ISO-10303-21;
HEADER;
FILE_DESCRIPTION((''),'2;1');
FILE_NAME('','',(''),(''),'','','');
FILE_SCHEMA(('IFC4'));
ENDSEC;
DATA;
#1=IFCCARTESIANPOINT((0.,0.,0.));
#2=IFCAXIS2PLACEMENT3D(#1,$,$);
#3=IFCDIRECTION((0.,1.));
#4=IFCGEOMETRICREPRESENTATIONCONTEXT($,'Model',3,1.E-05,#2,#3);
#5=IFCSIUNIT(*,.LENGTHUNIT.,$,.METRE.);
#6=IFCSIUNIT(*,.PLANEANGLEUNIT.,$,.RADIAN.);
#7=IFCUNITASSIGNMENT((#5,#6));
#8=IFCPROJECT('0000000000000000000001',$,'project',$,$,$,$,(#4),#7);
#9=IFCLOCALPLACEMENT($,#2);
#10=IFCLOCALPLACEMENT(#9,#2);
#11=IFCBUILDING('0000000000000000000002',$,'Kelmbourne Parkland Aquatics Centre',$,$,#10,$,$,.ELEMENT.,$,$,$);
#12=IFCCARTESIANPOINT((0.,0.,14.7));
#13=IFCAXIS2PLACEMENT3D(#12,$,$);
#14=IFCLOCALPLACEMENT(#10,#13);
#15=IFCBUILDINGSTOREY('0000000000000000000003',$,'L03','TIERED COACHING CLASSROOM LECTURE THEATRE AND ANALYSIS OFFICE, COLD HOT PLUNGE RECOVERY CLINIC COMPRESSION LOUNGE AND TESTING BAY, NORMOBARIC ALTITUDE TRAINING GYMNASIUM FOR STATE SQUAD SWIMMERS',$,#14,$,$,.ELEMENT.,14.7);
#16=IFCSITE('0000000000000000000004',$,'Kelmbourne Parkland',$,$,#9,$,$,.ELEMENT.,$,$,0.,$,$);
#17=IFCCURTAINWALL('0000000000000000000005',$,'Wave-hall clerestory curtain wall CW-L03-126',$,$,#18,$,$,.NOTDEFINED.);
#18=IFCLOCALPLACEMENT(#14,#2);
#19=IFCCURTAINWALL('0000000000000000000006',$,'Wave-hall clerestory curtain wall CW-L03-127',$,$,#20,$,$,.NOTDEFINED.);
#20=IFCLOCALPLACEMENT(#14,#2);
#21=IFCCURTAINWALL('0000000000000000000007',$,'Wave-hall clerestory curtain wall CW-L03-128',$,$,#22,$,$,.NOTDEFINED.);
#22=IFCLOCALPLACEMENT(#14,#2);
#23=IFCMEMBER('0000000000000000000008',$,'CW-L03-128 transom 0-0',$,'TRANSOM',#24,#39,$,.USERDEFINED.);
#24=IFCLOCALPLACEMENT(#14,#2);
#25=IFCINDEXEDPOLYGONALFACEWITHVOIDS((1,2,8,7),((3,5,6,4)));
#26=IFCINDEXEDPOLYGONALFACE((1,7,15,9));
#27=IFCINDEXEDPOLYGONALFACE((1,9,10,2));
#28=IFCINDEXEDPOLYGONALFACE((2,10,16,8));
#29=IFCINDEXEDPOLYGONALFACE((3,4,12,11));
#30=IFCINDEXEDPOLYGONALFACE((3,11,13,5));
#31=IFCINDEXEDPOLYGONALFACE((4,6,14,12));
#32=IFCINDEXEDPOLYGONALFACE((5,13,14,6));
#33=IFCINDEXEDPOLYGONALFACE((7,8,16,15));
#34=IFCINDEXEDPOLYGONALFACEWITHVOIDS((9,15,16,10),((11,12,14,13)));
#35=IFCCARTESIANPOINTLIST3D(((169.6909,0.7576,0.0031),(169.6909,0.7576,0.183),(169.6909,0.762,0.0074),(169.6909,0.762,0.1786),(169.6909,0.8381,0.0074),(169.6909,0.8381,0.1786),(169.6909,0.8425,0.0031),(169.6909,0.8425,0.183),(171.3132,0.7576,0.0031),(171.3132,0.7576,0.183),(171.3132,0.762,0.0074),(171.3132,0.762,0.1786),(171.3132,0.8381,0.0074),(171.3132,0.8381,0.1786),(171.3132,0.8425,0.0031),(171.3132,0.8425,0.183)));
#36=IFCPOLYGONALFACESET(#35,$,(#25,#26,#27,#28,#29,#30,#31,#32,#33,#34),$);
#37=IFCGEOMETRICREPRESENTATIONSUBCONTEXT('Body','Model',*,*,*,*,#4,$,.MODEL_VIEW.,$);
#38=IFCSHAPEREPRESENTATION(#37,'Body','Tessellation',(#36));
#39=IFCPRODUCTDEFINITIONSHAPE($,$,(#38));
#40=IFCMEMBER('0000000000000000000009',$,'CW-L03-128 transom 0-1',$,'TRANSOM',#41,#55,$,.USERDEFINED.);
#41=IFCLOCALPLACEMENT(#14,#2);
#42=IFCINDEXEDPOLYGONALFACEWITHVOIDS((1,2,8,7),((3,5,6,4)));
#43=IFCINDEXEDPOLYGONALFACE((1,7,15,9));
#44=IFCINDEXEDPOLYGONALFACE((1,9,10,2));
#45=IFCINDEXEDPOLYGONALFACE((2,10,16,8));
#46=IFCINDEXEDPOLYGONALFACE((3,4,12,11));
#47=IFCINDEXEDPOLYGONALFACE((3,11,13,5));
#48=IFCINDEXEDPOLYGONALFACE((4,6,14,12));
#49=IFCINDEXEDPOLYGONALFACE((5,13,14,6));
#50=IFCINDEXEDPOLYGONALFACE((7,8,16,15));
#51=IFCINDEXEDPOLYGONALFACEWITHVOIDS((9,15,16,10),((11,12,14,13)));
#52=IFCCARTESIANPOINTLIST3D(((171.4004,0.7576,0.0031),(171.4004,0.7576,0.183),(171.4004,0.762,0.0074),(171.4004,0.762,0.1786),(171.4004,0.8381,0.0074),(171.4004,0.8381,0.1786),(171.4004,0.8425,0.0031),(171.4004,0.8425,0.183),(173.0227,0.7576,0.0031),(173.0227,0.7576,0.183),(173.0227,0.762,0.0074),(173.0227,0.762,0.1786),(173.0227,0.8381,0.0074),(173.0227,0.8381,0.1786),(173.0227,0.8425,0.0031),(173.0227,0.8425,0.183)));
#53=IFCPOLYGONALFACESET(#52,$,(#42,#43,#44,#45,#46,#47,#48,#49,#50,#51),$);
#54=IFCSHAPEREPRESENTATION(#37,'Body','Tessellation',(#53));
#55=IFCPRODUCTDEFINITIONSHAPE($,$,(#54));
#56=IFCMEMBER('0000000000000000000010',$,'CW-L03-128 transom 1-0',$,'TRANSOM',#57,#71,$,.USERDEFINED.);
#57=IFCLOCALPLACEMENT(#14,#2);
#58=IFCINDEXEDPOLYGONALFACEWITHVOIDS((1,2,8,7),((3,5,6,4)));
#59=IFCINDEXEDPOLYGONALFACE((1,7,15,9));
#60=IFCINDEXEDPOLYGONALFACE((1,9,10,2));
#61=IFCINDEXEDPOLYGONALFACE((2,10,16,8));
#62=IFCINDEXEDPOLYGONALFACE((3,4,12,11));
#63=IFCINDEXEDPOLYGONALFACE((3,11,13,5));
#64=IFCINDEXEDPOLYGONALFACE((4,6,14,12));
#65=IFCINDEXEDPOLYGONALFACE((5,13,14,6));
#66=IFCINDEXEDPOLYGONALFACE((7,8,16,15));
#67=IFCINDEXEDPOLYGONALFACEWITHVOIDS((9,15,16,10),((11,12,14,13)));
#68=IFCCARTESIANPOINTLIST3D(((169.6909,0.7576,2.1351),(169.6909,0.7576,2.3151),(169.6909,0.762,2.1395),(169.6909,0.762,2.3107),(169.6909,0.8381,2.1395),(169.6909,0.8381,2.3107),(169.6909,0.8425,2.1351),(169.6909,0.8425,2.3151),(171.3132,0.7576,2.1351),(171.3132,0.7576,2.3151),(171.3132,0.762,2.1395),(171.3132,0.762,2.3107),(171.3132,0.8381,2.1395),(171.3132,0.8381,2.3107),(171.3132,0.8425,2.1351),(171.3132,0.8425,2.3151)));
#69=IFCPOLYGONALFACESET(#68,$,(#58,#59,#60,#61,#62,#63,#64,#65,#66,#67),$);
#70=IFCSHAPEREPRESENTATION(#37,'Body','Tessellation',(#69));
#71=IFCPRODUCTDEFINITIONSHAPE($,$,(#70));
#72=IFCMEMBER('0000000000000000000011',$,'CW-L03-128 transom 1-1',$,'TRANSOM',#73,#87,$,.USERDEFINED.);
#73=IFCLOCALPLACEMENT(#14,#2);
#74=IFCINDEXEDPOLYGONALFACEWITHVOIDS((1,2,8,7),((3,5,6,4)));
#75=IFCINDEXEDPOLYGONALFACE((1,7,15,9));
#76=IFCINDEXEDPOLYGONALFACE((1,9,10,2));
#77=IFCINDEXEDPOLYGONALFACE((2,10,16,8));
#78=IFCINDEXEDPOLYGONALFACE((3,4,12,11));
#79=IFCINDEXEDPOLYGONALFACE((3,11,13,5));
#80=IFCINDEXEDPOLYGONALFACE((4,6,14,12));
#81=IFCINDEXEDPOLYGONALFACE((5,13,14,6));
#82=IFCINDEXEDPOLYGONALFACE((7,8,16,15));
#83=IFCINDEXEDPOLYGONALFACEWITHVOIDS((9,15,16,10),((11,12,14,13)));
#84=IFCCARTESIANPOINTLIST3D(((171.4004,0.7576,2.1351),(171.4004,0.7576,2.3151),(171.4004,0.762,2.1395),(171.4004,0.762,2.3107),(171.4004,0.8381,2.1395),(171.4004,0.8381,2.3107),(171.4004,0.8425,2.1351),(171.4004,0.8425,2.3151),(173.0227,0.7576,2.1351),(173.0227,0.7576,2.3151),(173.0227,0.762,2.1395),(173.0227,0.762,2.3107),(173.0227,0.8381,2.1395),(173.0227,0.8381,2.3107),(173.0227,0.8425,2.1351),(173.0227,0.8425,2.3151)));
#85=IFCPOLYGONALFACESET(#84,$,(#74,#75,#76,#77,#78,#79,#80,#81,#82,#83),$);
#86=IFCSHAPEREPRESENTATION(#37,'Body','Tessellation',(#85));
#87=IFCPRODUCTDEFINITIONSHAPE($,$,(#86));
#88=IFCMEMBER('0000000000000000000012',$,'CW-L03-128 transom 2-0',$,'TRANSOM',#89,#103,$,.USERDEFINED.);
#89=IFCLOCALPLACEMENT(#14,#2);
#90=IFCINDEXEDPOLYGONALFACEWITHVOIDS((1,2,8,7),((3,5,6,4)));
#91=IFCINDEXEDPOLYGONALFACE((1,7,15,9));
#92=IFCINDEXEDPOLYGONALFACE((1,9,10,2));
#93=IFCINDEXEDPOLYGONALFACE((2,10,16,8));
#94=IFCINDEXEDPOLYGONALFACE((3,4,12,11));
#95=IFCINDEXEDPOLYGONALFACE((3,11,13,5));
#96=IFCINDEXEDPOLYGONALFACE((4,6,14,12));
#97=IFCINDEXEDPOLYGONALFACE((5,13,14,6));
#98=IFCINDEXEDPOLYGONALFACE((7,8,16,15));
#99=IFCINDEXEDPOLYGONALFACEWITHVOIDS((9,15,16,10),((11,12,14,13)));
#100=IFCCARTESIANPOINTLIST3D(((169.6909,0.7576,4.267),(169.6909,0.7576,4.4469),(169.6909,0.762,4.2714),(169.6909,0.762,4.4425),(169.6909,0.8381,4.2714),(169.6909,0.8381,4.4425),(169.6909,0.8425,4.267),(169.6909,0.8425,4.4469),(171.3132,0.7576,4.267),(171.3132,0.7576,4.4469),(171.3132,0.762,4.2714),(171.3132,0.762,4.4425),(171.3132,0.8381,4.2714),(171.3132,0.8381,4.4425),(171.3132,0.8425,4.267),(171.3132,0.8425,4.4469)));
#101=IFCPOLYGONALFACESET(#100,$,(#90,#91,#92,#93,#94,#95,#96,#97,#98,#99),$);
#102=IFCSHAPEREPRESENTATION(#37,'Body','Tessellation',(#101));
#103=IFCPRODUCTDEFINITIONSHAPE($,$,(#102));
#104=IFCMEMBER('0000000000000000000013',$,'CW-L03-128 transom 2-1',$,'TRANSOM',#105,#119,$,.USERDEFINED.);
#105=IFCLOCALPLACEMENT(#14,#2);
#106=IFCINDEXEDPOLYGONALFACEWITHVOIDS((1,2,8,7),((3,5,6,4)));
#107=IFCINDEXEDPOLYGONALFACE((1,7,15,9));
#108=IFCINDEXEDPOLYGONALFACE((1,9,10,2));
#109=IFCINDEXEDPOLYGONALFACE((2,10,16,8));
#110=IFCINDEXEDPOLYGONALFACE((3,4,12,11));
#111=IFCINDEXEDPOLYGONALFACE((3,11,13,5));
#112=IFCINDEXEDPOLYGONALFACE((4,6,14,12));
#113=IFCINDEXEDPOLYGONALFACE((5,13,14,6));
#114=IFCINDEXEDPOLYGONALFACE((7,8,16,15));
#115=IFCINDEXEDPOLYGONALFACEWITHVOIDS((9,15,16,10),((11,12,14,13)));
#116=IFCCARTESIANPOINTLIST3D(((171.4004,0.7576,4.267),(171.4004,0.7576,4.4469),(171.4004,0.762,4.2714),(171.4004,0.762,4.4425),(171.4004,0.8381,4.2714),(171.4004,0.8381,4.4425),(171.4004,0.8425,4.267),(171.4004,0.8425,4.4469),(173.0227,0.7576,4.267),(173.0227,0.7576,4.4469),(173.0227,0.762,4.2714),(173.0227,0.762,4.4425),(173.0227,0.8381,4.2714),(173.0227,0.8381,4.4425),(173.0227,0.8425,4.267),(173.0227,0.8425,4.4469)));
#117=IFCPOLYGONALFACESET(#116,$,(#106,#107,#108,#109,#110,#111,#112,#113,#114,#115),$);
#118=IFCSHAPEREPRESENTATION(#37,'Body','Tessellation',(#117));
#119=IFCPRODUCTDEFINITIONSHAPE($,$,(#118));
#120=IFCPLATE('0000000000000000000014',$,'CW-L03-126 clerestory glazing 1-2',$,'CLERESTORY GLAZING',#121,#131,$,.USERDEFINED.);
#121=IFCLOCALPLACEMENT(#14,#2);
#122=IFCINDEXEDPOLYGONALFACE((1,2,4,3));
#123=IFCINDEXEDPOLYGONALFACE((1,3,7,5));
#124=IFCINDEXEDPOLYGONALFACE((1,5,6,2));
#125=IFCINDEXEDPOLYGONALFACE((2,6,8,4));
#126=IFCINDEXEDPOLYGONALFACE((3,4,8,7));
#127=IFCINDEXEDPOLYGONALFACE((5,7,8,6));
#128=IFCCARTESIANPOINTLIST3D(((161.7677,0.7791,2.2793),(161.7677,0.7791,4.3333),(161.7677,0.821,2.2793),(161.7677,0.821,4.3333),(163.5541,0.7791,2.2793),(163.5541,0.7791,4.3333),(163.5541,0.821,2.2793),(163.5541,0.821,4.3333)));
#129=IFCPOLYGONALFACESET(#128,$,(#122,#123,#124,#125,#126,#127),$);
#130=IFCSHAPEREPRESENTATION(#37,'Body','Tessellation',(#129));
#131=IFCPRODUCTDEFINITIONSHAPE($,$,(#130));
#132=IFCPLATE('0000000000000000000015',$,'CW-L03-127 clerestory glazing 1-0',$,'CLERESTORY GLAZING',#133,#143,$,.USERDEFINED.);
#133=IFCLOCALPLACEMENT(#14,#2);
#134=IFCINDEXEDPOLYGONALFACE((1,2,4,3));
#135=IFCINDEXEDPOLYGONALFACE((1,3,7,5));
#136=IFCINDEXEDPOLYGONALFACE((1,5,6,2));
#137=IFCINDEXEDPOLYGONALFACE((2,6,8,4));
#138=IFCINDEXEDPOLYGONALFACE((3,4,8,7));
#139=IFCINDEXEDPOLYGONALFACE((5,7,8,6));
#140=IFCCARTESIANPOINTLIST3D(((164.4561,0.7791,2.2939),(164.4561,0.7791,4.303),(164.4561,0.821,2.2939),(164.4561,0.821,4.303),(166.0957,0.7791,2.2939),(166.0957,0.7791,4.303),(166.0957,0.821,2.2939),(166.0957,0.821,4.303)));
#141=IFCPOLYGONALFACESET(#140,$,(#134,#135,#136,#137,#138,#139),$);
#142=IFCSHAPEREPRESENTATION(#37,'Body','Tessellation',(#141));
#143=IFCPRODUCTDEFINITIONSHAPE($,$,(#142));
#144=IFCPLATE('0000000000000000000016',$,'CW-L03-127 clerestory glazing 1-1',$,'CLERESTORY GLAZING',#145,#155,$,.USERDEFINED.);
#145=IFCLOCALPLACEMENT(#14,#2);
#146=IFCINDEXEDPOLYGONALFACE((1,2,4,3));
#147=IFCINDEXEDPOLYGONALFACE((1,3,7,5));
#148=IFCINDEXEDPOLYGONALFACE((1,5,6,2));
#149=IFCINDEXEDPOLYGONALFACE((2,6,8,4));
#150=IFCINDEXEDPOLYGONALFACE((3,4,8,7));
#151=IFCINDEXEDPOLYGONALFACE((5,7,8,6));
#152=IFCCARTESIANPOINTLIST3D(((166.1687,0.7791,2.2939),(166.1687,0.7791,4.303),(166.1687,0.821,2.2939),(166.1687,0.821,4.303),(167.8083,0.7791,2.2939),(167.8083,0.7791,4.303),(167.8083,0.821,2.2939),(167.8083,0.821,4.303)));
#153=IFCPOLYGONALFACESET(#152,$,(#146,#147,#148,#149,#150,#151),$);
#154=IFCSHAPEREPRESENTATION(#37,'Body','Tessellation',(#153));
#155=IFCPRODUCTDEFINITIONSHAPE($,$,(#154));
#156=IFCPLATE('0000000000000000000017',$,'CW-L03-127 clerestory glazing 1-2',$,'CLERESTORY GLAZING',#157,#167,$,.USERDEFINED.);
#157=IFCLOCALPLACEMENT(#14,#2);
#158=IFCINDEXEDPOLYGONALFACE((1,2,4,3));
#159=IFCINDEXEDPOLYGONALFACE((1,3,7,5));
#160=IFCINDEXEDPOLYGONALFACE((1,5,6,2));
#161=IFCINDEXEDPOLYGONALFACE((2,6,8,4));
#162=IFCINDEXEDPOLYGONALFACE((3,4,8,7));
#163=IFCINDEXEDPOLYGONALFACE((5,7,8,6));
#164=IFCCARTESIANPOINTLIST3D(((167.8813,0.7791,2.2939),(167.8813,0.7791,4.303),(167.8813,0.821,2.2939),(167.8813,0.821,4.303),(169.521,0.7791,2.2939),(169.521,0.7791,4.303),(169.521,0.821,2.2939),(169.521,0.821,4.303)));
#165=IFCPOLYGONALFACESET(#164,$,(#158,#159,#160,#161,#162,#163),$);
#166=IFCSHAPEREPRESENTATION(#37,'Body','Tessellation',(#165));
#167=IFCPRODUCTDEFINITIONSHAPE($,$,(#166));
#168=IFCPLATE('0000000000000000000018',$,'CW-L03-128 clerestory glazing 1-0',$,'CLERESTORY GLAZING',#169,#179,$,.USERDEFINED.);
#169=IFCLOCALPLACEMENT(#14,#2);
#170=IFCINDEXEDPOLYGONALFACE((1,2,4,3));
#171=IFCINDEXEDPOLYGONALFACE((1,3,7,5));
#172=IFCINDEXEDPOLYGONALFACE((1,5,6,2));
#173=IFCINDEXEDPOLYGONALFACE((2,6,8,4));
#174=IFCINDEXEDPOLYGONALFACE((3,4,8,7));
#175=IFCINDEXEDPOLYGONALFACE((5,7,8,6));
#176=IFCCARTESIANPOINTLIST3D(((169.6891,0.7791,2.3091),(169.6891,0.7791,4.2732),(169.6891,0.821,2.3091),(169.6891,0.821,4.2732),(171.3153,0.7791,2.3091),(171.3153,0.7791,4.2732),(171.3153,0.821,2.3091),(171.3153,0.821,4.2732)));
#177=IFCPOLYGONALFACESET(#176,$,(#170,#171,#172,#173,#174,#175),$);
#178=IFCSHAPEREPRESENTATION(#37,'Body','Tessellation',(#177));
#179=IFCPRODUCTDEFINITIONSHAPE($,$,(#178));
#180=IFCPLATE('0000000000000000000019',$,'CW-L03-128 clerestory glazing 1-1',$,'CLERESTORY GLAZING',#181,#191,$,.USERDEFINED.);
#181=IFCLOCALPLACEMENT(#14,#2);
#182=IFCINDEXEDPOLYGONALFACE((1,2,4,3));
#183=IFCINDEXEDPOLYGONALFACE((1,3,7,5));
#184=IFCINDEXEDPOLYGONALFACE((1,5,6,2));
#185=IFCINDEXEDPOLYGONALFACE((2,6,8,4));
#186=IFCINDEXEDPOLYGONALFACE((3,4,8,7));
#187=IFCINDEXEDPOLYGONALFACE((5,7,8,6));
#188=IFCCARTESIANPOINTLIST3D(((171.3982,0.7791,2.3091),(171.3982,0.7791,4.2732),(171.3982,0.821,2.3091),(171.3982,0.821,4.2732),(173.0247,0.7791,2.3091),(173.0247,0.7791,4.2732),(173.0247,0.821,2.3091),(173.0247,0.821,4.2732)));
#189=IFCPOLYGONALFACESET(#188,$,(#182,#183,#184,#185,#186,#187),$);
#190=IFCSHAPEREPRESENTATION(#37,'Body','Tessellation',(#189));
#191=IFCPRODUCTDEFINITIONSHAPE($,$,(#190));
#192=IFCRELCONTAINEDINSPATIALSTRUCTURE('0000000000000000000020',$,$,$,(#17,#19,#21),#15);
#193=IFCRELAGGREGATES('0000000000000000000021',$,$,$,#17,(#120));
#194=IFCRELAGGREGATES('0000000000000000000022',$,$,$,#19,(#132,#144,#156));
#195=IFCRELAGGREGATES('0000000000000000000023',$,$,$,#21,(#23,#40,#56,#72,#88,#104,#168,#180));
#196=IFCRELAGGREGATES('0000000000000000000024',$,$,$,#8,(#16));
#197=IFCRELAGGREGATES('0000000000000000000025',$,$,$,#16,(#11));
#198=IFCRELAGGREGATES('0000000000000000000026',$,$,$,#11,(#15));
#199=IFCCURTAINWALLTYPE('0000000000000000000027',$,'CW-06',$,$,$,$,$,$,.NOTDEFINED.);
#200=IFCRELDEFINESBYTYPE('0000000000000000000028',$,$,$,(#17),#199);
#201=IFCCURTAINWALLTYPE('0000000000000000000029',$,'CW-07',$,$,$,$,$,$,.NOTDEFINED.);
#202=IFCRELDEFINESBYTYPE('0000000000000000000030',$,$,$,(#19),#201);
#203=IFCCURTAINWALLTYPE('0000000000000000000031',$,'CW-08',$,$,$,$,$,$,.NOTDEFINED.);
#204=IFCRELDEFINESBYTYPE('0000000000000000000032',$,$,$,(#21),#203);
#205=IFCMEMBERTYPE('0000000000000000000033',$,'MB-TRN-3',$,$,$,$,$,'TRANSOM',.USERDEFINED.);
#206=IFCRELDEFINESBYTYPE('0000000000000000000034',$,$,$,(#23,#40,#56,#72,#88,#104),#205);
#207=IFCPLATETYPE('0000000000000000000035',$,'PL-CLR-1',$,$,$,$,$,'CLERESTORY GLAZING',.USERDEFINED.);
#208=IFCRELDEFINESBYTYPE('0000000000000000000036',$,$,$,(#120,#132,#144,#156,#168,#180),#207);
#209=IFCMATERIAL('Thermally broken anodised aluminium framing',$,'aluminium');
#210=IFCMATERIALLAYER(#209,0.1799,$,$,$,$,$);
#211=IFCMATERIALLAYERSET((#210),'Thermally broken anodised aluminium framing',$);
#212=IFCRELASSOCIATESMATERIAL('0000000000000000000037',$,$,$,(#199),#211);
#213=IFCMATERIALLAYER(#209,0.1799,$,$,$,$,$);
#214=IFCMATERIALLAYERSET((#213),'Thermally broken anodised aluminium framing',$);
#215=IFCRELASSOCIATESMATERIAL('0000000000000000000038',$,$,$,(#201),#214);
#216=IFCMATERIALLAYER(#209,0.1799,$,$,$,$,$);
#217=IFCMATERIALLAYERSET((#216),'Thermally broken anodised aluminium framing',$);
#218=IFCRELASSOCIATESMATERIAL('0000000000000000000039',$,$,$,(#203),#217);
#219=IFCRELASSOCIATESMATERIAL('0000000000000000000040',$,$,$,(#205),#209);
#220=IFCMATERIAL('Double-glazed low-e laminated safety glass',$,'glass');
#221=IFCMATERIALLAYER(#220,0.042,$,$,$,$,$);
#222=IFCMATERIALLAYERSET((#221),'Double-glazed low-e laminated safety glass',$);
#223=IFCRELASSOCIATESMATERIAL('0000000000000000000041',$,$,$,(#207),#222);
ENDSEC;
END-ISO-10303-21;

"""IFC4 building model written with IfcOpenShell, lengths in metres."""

from ifc_helpers import new_model, si_unit, direction, frame, origin, origin_2d, place, context, subcontext, project, spatial, rectangle, hollow_rectangle, extrude, material, layer, layer_set, material_profile, profile_set, type_object, element, aggregate, save


model = new_model("IFC4")

# Units and contexts
model_context = context("Model", 3, precision=1e-05, world=origin(), true_north=direction((0.0, 1.0)))
body_context = subcontext(model_context, "Body", "Model", "MODEL_VIEW")
ifc_project = project(units=[si_unit("LENGTHUNIT", "METRE"), si_unit("PLANEANGLEUNIT", "RADIAN")], contexts=[model_context])

# Site, building, storey
site_placement = place(None, origin())
site = spatial("IfcSite", under=ifc_project, at=site_placement, Name="Kelmbourne Parkland", CompositionType="ELEMENT", RefElevation=0.0)
building_placement = place(site_placement, origin())
building = spatial("IfcBuilding", under=site, at=building_placement, Name="Kelmbourne Parkland Aquatics Centre", CompositionType="ELEMENT")
storey_placement = place(building_placement, frame((0.0, 0.0, 14.7)))
storey = spatial("IfcBuildingStorey", under=building, at=storey_placement, Name="L03", Description="TIERED COACHING CLASSROOM LECTURE THEATRE AND ANALYSIS OFFICE, COLD HOT PLUNGE RECOVERY CLINIC COMPRESSION LOUNGE AND TESTING BAY, NORMOBARIC ALTITUDE TRAINING GYMNASIUM FOR STATE SQUAD SWIMMERS", CompositionType="ELEMENT", Elevation=14.7)

# Curtain wall
ifc_material_1 = material(Name="Thermally broken anodised aluminium framing", Category="aluminium")
ifc_layer_1 = layer(ifc_material_1, 0.1799)
ifc_layer_set_1 = layer_set([ifc_layer_1], Name="Thermally broken anodised aluminium framing")
curtain_wall_type_1 = type_object("IfcCurtainWallType", Name="CW-06", PredefinedType="NOTDEFINED", material=ifc_layer_set_1)
curtain_wall_1_placement = place(storey_placement, origin())
curtain_wall_1 = element("IfcCurtainWall", 1, at=curtain_wall_1_placement, inside=storey, type_object=curtain_wall_type_1, Name="Wave-hall clerestory curtain wall CW-L03-126", PredefinedType="NOTDEFINED")

# Curtain walls
ifc_layer_2 = layer(ifc_material_1, 0.1799)
ifc_layer_set_2 = layer_set([ifc_layer_2], Name="Thermally broken anodised aluminium framing")
curtain_wall_type_2 = type_object("IfcCurtainWallType", Name="CW-07", PredefinedType="NOTDEFINED", material=ifc_layer_set_2)
curtain_wall_2_placement = place(storey_placement, origin())
curtain_wall_2 = element("IfcCurtainWall", 2, at=curtain_wall_2_placement, inside=storey, type_object=curtain_wall_type_2, Name="Wave-hall clerestory curtain wall CW-L03-127", PredefinedType="NOTDEFINED")
ifc_layer_3 = layer(ifc_material_1, 0.1799)
ifc_layer_set_3 = layer_set([ifc_layer_3], Name="Thermally broken anodised aluminium framing")
curtain_wall_type_3 = type_object("IfcCurtainWallType", Name="CW-08", PredefinedType="NOTDEFINED", material=ifc_layer_set_3)
curtain_wall_3_placement = place(storey_placement, origin())
curtain_wall_3 = element("IfcCurtainWall", 3, at=curtain_wall_3_placement, inside=storey, type_object=curtain_wall_type_3, Name="Wave-hall clerestory curtain wall CW-L03-128", PredefinedType="NOTDEFINED")

# Members
ifc_material_profile_1 = material_profile(ifc_material_1, hollow_rectangle(XDim=0.085, YDim=0.1799, WallThickness=0.0044, at=origin_2d()), Name="CW-T 85x180")
ifc_profile_set_1 = profile_set([ifc_material_profile_1], Name="Thermally broken anodised aluminium framing")
member_type_1 = type_object("IfcMemberType", Name="MB-TRN-3", ElementType="TRANSOM", PredefinedType="USERDEFINED", material=ifc_profile_set_1)
member_1_placement = place(storey_placement, frame((169.6909, 0.8, 0.093), z_axis=(1.0, 0.0, 0.0), x_axis=(0.0, 1.0, 0.0)))
member_1 = element("IfcMember", 4, at=member_1_placement, type_object=member_type_1, Name="CW-L03-128 transom 0-0", ObjectType="TRANSOM", PredefinedType="USERDEFINED", context=body_context, shape_type="SweptSolid", body=[
    extrude(hollow_rectangle(XDim=0.085, YDim=0.1799, WallThickness=0.0044, at=origin_2d()), origin(), (0.0, 0.0, 1.0), 1.6223),
])
member_2_placement = place(storey_placement, frame((171.4004, 0.8, 0.093), z_axis=(1.0, 0.0, 0.0), x_axis=(0.0, 1.0, 0.0)))
member_2 = element("IfcMember", 5, at=member_2_placement, type_object=member_type_1, Name="CW-L03-128 transom 0-1", ObjectType="TRANSOM", PredefinedType="USERDEFINED", context=body_context, shape_type="SweptSolid", body=[
    extrude(hollow_rectangle(XDim=0.085, YDim=0.1799, WallThickness=0.0044, at=origin_2d()), origin(), (0.0, 0.0, 1.0), 1.6223),
])
member_3_placement = place(storey_placement, frame((169.6909, 0.8, 2.2251), z_axis=(1.0, 0.0, 0.0), x_axis=(0.0, 1.0, 0.0)))
member_3 = element("IfcMember", 6, at=member_3_placement, type_object=member_type_1, Name="CW-L03-128 transom 1-0", ObjectType="TRANSOM", PredefinedType="USERDEFINED", context=body_context, shape_type="SweptSolid", body=[
    extrude(hollow_rectangle(XDim=0.085, YDim=0.1799, WallThickness=0.0044, at=origin_2d()), origin(), (0.0, 0.0, 1.0), 1.6223),
])
member_4_placement = place(storey_placement, frame((171.4004, 0.8, 2.2251), z_axis=(1.0, 0.0, 0.0), x_axis=(0.0, 1.0, 0.0)))
member_4 = element("IfcMember", 7, at=member_4_placement, type_object=member_type_1, Name="CW-L03-128 transom 1-1", ObjectType="TRANSOM", PredefinedType="USERDEFINED", context=body_context, shape_type="SweptSolid", body=[
    extrude(hollow_rectangle(XDim=0.085, YDim=0.1799, WallThickness=0.0044, at=origin_2d()), origin(), (0.0, 0.0, 1.0), 1.6223),
])
member_5_placement = place(storey_placement, frame((169.6909, 0.8, 4.3569), z_axis=(1.0, 0.0, 0.0), x_axis=(0.0, 1.0, 0.0)))
member_5 = element("IfcMember", 8, at=member_5_placement, type_object=member_type_1, Name="CW-L03-128 transom 2-0", ObjectType="TRANSOM", PredefinedType="USERDEFINED", context=body_context, shape_type="SweptSolid", body=[
    extrude(hollow_rectangle(XDim=0.085, YDim=0.1799, WallThickness=0.0044, at=origin_2d()), origin(), (0.0, 0.0, 1.0), 1.6223),
])
member_6_placement = place(storey_placement, frame((171.4004, 0.8, 4.3569), z_axis=(1.0, 0.0, 0.0), x_axis=(0.0, 1.0, 0.0)))
member_6 = element("IfcMember", 9, at=member_6_placement, type_object=member_type_1, Name="CW-L03-128 transom 2-1", ObjectType="TRANSOM", PredefinedType="USERDEFINED", context=body_context, shape_type="SweptSolid", body=[
    extrude(hollow_rectangle(XDim=0.085, YDim=0.1799, WallThickness=0.0044, at=origin_2d()), origin(), (0.0, 0.0, 1.0), 1.6223),
])

# Plates
ifc_material_2 = material(Name="Double-glazed low-e laminated safety glass", Category="glass")
ifc_layer_4 = layer(ifc_material_2, 0.042)
ifc_layer_set_4 = layer_set([ifc_layer_4], Name="Double-glazed low-e laminated safety glass")
plate_type_1 = type_object("IfcPlateType", Name="PL-CLR-1", ElementType="CLERESTORY GLAZING", PredefinedType="USERDEFINED", material=ifc_layer_set_4)
plate_1_placement = place(storey_placement, frame((162.6609, 0.8, 2.2793), z_axis=(0.0, 0.0, 1.0), x_axis=(1.0, 0.0, 0.0)))
plate_1 = element("IfcPlate", 10, at=plate_1_placement, type_object=plate_type_1, Name="CW-L03-126 clerestory glazing 1-2", ObjectType="CLERESTORY GLAZING", PredefinedType="USERDEFINED", context=body_context, shape_type="SweptSolid", body=[
    extrude(rectangle(XDim=1.7864, YDim=0.042, at=origin_2d()), origin(), (0.0, 0.0, 1.0), 2.054),
])
plate_2_placement = place(storey_placement, frame((165.2759, 0.8, 2.2939), z_axis=(0.0, 0.0, 1.0), x_axis=(1.0, 0.0, 0.0)))
plate_2 = element("IfcPlate", 11, at=plate_2_placement, type_object=plate_type_1, Name="CW-L03-127 clerestory glazing 1-0", ObjectType="CLERESTORY GLAZING", PredefinedType="USERDEFINED", context=body_context, shape_type="SweptSolid", body=[
    extrude(rectangle(XDim=1.6396, YDim=0.042, at=origin_2d()), origin(), (0.0, 0.0, 1.0), 2.009),
])
plate_3_placement = place(storey_placement, frame((166.9885, 0.8, 2.2939), z_axis=(0.0, 0.0, 1.0), x_axis=(1.0, 0.0, 0.0)))
plate_3 = element("IfcPlate", 12, at=plate_3_placement, type_object=plate_type_1, Name="CW-L03-127 clerestory glazing 1-1", ObjectType="CLERESTORY GLAZING", PredefinedType="USERDEFINED", context=body_context, shape_type="SweptSolid", body=[
    extrude(rectangle(XDim=1.6396, YDim=0.042, at=origin_2d()), origin(), (0.0, 0.0, 1.0), 2.009),
])
plate_4_placement = place(storey_placement, frame((168.7012, 0.8, 2.2939), z_axis=(0.0, 0.0, 1.0), x_axis=(1.0, 0.0, 0.0)))
plate_4 = element("IfcPlate", 13, at=plate_4_placement, type_object=plate_type_1, Name="CW-L03-127 clerestory glazing 1-2", ObjectType="CLERESTORY GLAZING", PredefinedType="USERDEFINED", context=body_context, shape_type="SweptSolid", body=[
    extrude(rectangle(XDim=1.6396, YDim=0.042, at=origin_2d()), origin(), (0.0, 0.0, 1.0), 2.009),
])
plate_5_placement = place(storey_placement, frame((170.5022, 0.8, 2.3091), z_axis=(0.0, 0.0, 1.0), x_axis=(1.0, 0.0, 0.0)))
plate_5 = element("IfcPlate", 14, at=plate_5_placement, type_object=plate_type_1, Name="CW-L03-128 clerestory glazing 1-0", ObjectType="CLERESTORY GLAZING", PredefinedType="USERDEFINED", context=body_context, shape_type="SweptSolid", body=[
    extrude(rectangle(XDim=1.6262, YDim=0.042, at=origin_2d()), origin(), (0.0, 0.0, 1.0), 1.9641),
])
plate_6_placement = place(storey_placement, frame((172.2114, 0.8, 2.3091), z_axis=(0.0, 0.0, 1.0), x_axis=(1.0, 0.0, 0.0)))
plate_6 = element("IfcPlate", 15, at=plate_6_placement, type_object=plate_type_1, Name="CW-L03-128 clerestory glazing 1-1", ObjectType="CLERESTORY GLAZING", PredefinedType="USERDEFINED", context=body_context, shape_type="SweptSolid", body=[
    extrude(rectangle(XDim=1.6265, YDim=0.042, at=origin_2d()), origin(), (0.0, 0.0, 1.0), 1.9641),
])
aggregate(curtain_wall_1, [plate_1])
aggregate(curtain_wall_2, [plate_2, plate_3, plate_4])
aggregate(curtain_wall_3, [member_1, member_2, member_3, member_4, member_5, member_6, plate_5, plate_6])

save(model, "model.ifc")
